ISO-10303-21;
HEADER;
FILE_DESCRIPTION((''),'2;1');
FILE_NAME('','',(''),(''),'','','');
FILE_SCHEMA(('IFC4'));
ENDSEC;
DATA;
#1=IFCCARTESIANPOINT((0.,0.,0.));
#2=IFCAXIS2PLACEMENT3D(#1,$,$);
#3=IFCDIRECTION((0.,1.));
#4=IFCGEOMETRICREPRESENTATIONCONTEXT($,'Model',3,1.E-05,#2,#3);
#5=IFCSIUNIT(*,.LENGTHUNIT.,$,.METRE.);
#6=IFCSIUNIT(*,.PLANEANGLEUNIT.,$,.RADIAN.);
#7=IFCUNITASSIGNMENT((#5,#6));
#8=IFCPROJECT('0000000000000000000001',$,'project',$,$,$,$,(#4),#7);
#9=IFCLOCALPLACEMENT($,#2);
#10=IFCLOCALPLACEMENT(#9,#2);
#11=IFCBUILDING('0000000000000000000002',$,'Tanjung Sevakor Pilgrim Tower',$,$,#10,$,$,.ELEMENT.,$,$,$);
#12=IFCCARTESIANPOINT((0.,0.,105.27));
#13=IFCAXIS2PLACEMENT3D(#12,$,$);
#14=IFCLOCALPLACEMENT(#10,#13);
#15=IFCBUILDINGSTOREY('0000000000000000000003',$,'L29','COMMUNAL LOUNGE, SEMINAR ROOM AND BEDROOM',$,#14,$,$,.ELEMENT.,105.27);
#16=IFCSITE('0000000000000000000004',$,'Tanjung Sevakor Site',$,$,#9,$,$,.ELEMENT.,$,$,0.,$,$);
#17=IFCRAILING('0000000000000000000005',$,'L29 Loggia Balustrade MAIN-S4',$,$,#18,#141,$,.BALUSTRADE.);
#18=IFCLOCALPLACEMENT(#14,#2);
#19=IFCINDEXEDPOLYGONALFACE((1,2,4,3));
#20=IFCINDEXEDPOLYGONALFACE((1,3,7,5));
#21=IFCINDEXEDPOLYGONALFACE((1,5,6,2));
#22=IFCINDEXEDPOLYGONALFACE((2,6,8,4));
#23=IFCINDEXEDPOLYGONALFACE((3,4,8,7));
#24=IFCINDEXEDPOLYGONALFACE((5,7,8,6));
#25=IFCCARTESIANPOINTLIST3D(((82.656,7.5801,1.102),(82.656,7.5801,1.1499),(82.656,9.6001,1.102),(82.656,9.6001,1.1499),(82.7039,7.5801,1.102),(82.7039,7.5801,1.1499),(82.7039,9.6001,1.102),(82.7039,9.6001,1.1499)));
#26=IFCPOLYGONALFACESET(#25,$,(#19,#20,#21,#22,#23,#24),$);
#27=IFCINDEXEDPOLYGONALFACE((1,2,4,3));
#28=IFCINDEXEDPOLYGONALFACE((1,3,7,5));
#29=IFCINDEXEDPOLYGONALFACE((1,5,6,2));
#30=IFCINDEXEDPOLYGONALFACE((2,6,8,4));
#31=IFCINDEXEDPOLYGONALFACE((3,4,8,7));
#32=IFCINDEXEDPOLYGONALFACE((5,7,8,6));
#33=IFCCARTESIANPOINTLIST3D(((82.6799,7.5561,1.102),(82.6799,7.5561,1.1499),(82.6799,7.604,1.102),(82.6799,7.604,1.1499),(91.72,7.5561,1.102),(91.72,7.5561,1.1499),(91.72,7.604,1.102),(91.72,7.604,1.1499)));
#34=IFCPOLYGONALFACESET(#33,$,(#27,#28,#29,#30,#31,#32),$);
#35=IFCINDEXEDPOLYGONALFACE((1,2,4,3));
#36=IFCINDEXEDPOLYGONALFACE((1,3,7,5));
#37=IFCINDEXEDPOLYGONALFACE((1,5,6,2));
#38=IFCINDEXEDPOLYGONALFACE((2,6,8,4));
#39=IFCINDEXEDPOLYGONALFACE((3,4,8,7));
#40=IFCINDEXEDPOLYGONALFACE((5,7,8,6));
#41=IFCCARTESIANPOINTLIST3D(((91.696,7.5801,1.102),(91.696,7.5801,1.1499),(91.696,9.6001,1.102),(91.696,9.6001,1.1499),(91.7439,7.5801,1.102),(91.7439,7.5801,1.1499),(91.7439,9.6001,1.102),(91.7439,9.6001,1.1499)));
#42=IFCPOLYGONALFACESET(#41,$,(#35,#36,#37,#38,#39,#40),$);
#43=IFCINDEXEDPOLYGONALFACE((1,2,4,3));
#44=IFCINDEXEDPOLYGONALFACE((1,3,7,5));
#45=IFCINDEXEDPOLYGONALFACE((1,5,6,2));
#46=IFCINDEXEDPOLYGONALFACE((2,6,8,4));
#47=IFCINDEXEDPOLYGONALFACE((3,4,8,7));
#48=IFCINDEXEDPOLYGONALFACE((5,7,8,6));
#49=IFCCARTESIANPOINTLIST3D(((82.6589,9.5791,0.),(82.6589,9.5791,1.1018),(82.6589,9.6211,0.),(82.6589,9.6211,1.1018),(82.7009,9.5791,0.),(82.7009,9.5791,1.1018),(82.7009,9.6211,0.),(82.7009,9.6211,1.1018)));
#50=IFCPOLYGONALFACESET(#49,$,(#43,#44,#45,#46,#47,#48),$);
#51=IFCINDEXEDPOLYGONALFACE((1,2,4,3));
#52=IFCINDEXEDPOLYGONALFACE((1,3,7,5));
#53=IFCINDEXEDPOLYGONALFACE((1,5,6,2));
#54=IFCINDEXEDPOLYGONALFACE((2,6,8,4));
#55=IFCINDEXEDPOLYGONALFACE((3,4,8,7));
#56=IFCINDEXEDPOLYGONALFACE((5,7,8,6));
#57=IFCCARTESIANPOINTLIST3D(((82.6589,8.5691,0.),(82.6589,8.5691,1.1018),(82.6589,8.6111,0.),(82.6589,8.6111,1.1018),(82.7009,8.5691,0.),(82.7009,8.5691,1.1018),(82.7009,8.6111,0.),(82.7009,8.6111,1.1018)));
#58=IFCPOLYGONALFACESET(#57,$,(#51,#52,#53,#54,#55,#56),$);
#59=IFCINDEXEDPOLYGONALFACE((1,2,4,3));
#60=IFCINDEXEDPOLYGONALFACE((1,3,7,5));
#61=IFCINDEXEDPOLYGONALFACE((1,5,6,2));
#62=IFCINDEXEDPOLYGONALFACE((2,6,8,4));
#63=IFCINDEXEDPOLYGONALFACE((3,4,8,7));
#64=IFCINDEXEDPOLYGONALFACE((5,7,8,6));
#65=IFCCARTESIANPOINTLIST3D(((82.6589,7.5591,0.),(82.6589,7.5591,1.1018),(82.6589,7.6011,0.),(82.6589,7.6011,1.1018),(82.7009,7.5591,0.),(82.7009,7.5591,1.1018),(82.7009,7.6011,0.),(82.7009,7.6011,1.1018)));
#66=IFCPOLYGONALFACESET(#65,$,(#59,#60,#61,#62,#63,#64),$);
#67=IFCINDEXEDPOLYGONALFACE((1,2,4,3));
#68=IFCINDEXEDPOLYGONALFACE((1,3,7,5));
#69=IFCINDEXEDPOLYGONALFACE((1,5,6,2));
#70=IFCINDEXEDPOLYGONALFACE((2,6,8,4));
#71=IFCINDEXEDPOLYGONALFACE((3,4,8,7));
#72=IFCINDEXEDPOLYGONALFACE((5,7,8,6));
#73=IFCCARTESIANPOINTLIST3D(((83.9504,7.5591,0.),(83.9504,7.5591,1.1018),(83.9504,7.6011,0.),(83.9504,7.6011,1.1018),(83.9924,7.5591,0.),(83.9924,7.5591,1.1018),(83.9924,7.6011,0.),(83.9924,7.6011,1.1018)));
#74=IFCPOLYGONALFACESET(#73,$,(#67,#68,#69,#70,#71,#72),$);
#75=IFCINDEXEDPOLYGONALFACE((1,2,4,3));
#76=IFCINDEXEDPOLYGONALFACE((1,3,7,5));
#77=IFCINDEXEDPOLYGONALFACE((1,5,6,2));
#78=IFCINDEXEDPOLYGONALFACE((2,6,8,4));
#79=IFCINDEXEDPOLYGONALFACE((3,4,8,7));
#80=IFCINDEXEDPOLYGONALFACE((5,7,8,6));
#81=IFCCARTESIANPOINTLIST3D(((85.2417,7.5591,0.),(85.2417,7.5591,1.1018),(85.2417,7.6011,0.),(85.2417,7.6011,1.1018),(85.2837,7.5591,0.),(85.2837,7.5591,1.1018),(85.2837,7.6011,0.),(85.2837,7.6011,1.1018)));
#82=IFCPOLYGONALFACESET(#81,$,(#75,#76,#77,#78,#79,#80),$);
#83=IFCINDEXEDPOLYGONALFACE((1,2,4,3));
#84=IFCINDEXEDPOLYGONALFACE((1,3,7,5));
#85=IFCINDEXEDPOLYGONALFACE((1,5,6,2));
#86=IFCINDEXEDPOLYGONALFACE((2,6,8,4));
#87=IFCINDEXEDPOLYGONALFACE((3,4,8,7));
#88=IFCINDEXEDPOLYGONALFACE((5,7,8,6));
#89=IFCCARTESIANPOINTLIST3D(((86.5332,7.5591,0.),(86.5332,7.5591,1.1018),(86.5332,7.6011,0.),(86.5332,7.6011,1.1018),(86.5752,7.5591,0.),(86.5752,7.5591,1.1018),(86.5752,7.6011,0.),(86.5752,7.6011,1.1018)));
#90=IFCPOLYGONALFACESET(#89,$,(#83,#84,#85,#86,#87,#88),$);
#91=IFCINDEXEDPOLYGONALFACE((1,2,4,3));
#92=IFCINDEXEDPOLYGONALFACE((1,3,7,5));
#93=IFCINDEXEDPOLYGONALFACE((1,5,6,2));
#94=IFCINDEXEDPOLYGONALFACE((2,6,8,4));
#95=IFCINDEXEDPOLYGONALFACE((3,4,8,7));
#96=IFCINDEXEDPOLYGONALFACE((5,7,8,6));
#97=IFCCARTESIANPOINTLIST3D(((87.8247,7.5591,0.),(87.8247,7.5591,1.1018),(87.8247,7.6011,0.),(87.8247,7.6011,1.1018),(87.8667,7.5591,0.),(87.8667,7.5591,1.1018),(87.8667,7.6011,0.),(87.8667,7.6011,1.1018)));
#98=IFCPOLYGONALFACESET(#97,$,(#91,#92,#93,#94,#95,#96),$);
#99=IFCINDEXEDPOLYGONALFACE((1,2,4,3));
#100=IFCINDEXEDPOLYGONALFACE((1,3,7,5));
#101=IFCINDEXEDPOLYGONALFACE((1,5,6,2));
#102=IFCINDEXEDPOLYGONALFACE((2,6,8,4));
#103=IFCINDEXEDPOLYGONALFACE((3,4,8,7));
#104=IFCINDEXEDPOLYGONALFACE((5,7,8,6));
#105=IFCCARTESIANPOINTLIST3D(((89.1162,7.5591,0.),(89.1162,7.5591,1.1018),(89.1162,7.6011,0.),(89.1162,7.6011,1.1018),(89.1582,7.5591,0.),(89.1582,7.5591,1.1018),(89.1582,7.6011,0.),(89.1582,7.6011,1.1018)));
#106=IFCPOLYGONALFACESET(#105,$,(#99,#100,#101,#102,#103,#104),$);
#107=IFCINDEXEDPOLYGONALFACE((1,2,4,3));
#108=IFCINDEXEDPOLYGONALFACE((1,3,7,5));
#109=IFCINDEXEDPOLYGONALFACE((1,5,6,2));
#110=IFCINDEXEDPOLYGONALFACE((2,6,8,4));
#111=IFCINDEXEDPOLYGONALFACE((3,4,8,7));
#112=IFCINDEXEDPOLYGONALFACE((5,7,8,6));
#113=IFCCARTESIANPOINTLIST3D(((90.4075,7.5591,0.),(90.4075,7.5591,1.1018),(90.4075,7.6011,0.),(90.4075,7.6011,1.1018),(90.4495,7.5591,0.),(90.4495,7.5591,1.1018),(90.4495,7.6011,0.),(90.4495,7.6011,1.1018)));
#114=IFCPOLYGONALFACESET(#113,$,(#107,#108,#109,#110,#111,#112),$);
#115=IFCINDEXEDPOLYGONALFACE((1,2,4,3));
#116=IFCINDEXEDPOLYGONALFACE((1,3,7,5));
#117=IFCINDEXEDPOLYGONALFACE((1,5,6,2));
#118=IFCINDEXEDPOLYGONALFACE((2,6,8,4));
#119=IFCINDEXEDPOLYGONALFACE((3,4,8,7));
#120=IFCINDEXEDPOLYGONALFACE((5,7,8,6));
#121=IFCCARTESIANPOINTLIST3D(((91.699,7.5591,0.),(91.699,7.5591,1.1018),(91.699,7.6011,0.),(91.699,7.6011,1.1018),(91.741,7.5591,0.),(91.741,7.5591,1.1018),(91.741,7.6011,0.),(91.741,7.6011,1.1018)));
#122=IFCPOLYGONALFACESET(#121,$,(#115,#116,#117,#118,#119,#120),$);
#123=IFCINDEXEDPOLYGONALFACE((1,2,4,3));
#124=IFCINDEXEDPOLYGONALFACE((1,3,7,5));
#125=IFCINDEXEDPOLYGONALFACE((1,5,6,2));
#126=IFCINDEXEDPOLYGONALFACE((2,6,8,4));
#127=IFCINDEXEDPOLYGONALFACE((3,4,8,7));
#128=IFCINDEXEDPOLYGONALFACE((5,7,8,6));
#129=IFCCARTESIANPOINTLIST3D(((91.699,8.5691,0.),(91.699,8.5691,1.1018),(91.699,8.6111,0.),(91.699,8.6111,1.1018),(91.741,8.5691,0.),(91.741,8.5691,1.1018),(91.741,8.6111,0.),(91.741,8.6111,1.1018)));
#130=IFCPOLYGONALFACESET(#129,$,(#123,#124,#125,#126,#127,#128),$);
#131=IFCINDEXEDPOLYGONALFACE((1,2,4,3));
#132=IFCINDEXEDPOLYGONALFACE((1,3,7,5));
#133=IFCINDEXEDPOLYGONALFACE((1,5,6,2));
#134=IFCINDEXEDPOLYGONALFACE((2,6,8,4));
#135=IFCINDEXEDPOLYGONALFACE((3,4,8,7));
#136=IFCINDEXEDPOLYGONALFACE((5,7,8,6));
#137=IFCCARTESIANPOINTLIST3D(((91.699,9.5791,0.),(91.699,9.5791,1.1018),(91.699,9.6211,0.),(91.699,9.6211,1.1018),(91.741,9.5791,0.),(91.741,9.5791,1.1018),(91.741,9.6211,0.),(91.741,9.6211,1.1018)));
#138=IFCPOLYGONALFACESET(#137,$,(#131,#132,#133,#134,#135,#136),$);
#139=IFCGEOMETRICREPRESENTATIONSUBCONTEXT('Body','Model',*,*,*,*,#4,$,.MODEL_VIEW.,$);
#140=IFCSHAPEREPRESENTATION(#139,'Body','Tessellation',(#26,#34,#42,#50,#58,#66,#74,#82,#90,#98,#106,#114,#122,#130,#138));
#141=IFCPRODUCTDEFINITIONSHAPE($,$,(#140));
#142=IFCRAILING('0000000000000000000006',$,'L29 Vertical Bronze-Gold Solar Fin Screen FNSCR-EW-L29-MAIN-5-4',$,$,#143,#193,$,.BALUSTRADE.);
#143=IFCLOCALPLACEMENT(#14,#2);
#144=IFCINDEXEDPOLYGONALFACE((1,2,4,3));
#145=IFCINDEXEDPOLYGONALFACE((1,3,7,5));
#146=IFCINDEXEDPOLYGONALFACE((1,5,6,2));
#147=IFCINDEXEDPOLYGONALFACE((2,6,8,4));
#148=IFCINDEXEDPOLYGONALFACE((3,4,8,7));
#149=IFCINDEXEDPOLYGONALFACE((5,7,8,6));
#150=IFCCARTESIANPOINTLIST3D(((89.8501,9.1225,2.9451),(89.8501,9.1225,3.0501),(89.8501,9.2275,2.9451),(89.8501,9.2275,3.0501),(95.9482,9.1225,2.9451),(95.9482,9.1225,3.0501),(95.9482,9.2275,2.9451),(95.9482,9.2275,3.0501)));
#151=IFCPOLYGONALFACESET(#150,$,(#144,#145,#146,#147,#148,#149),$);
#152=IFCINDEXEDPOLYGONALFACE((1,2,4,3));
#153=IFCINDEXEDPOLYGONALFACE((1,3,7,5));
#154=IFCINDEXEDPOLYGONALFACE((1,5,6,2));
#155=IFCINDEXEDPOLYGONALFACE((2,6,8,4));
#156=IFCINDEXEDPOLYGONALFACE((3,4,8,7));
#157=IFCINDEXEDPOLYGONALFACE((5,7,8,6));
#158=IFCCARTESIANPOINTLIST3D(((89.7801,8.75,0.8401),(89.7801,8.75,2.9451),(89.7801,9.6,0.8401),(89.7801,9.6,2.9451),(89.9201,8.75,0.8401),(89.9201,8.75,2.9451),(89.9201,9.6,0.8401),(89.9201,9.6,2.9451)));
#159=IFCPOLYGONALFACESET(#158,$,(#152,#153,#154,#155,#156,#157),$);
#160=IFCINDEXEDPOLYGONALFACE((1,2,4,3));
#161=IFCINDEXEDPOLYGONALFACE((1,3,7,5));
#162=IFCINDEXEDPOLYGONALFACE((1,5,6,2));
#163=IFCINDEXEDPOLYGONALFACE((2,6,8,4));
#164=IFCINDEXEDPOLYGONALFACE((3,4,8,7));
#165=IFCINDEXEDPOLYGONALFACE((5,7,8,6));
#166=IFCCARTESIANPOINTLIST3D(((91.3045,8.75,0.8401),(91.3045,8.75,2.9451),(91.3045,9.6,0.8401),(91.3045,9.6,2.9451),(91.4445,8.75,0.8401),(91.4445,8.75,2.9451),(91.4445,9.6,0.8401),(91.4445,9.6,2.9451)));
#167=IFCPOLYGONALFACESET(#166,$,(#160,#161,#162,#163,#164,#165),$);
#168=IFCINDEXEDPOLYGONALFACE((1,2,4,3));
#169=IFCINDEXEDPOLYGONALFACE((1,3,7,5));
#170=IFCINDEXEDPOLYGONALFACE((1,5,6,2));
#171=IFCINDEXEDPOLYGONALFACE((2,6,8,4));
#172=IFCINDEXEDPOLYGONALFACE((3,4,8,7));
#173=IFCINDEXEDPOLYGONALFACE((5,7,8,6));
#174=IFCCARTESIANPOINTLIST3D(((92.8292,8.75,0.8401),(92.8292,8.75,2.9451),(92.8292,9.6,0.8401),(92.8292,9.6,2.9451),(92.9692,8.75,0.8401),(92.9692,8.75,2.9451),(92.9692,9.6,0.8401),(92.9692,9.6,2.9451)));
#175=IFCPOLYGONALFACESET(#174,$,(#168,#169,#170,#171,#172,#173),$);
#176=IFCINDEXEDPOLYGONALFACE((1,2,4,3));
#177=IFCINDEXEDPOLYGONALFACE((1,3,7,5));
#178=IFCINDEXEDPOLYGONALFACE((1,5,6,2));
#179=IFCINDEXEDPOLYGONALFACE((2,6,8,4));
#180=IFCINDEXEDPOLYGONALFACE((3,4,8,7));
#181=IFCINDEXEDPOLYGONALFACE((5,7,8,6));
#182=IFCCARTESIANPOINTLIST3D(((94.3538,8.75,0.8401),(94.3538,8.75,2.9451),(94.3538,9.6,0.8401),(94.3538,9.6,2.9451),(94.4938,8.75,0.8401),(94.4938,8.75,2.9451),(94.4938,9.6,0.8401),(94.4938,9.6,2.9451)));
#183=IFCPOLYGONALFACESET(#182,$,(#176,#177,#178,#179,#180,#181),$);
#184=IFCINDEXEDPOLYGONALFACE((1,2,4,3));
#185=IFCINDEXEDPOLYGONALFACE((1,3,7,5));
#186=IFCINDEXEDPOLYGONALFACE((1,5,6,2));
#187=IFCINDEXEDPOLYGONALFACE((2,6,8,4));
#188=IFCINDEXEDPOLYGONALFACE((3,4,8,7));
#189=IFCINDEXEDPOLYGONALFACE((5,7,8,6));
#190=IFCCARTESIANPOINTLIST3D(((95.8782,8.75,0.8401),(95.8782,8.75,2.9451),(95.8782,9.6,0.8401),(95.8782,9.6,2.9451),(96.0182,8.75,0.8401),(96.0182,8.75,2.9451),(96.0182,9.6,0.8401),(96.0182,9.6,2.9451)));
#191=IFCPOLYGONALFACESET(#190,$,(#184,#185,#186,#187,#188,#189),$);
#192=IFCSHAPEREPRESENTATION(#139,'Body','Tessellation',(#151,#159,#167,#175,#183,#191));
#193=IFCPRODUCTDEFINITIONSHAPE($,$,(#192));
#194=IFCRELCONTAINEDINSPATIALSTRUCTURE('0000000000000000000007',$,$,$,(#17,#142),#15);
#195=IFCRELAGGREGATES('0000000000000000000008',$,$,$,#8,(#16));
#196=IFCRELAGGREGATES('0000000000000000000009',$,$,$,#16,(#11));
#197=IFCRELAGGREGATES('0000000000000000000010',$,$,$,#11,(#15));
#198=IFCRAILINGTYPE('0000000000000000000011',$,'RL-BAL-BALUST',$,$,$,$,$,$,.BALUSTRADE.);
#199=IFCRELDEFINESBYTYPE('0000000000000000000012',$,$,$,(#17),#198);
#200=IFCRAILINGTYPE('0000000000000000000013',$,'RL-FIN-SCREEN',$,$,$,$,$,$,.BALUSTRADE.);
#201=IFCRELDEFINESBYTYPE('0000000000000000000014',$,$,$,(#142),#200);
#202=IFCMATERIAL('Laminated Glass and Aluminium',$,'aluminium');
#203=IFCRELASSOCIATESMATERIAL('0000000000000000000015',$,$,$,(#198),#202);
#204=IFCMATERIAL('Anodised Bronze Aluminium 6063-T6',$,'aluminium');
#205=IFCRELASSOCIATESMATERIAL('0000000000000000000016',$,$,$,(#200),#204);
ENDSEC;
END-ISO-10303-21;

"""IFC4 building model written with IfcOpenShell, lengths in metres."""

from ifc_helpers import new_model, si_unit, direction, frame, origin, place, context, subcontext, project, spatial, rectangle, extrude, material, type_object, element, save


model = new_model("IFC4")

# Units and contexts
model_context = context("Model", 3, precision=1e-05, world=origin(), true_north=direction((0.0, 1.0)))
body_context = subcontext(model_context, "Body", "Model", "MODEL_VIEW")
ifc_project = project(units=[si_unit("LENGTHUNIT", "METRE"), si_unit("PLANEANGLEUNIT", "RADIAN")], contexts=[model_context])

# Site, building, storey
site_placement = place(None, origin())
site = spatial("IfcSite", under=ifc_project, at=site_placement, Name="Tanjung Sevakor Site", CompositionType="ELEMENT", RefElevation=0.0)
building_placement = place(site_placement, origin())
building = spatial("IfcBuilding", under=site, at=building_placement, Name="Tanjung Sevakor Pilgrim Tower", CompositionType="ELEMENT")
storey_placement = place(building_placement, frame((0.0, 0.0, 105.27)))
storey = spatial("IfcBuildingStorey", under=building, at=storey_placement, Name="L29", Description="COMMUNAL LOUNGE, SEMINAR ROOM AND BEDROOM", CompositionType="ELEMENT", Elevation=105.27)

# Railings
ifc_material_1 = material(Name="Laminated Glass and Aluminium", Category="aluminium")
railing_type_1 = type_object("IfcRailingType", Name="RL-BAL-BALUST", PredefinedType="BALUSTRADE", material=ifc_material_1)
railing_1_placement = place(storey_placement, frame((82.6799, 9.6001, 0.0)))
element("IfcRailing", 1, at=railing_1_placement, inside=storey, type_object=railing_type_1, Name="L29 Loggia Balustrade MAIN-S4", PredefinedType="BALUSTRADE", context=body_context, shape_type="SweptSolid", body=[
    extrude(rectangle(XDim=0.0479, YDim=0.0479), frame((0.0, 0.0, 1.126), z_axis=(0.0, -1.0, 0.0), x_axis=(1.0, 0.0, 0.0)), (0.0, 0.0, 1.0), 2.02),
    extrude(rectangle(XDim=0.0479, YDim=0.0479), frame((0.0, -2.02, 1.126), z_axis=(1.0, 0.0, 0.0), x_axis=(0.0, 1.0, 0.0)), (0.0, 0.0, 1.0), 9.04),
    extrude(rectangle(XDim=0.0479, YDim=0.0479), frame((9.04, -2.02, 1.126), z_axis=(0.0, 1.0, 0.0), x_axis=(-1.0, 0.0, 0.0)), (0.0, 0.0, 1.0), 2.02),
    extrude(rectangle(XDim=0.042, YDim=0.042), origin(), (0.0, 0.0, 1.0), 1.1018),
    extrude(rectangle(XDim=0.042, YDim=0.042), frame((0.0, -1.01, 0.0)), (0.0, 0.0, 1.0), 1.1018),
    extrude(rectangle(XDim=0.042, YDim=0.042), frame((0.0, -2.02, 0.0)), (0.0, 0.0, 1.0), 1.1018),
    extrude(rectangle(XDim=0.042, YDim=0.042), frame((1.2915, -2.02, 0.0)), (0.0, 0.0, 1.0), 1.1018),
    extrude(rectangle(XDim=0.042, YDim=0.042), frame((2.5828, -2.02, 0.0)), (0.0, 0.0, 1.0), 1.1018),
    extrude(rectangle(XDim=0.042, YDim=0.042), frame((3.8743, -2.02, 0.0)), (0.0, 0.0, 1.0), 1.1018),
    extrude(rectangle(XDim=0.042, YDim=0.042), frame((5.1658, -2.02, 0.0)), (0.0, 0.0, 1.0), 1.1018),
    extrude(rectangle(XDim=0.042, YDim=0.042), frame((6.4573, -2.02, 0.0)), (0.0, 0.0, 1.0), 1.1018),
    extrude(rectangle(XDim=0.042, YDim=0.042), frame((7.7485, -2.02, 0.0)), (0.0, 0.0, 1.0), 1.1018),
    extrude(rectangle(XDim=0.042, YDim=0.042), frame((9.04, -2.02, 0.0)), (0.0, 0.0, 1.0), 1.1018),
    extrude(rectangle(XDim=0.042, YDim=0.042), frame((9.04, -1.01, 0.0)), (0.0, 0.0, 1.0), 1.1018),
    extrude(rectangle(XDim=0.042, YDim=0.042), frame((9.04, 0.0, 0.0)), (0.0, 0.0, 1.0), 1.1018),
])
ifc_material_2 = material(Name="Anodised Bronze Aluminium 6063-T6", Category="aluminium")
railing_type_2 = type_object("IfcRailingType", Name="RL-FIN-SCREEN", PredefinedType="BALUSTRADE", material=ifc_material_2)
railing_2_placement = place(storey_placement, frame((89.8501, 9.175, 0.8401)))
element("IfcRailing", 2, at=railing_2_placement, inside=storey, type_object=railing_type_2, Name="L29 Vertical Bronze-Gold Solar Fin Screen FNSCR-EW-L29-MAIN-5-4", PredefinedType="BALUSTRADE", context=body_context, shape_type="SweptSolid", body=[
    extrude(rectangle(XDim=0.105, YDim=0.105), frame((0.0, 0.0, 2.1575), z_axis=(1.0, 0.0, 0.0), x_axis=(0.0, 1.0, 0.0)), (0.0, 0.0, 1.0), 6.0981),
    extrude(rectangle(XDim=0.14, YDim=0.85), origin(), (0.0, 0.0, 1.0), 2.105),
    extrude(rectangle(XDim=0.14, YDim=0.85), frame((1.5244, 0.0, 0.0)), (0.0, 0.0, 1.0), 2.105),
    extrude(rectangle(XDim=0.14, YDim=0.85), frame((3.0491, 0.0, 0.0)), (0.0, 0.0, 1.0), 2.105),
    extrude(rectangle(XDim=0.14, YDim=0.85), frame((4.5737, 0.0, 0.0)), (0.0, 0.0, 1.0), 2.105),
    extrude(rectangle(XDim=0.14, YDim=0.85), frame((6.0981, 0.0, 0.0)), (0.0, 0.0, 1.0), 2.105),
])

save(model, "model.ifc")
